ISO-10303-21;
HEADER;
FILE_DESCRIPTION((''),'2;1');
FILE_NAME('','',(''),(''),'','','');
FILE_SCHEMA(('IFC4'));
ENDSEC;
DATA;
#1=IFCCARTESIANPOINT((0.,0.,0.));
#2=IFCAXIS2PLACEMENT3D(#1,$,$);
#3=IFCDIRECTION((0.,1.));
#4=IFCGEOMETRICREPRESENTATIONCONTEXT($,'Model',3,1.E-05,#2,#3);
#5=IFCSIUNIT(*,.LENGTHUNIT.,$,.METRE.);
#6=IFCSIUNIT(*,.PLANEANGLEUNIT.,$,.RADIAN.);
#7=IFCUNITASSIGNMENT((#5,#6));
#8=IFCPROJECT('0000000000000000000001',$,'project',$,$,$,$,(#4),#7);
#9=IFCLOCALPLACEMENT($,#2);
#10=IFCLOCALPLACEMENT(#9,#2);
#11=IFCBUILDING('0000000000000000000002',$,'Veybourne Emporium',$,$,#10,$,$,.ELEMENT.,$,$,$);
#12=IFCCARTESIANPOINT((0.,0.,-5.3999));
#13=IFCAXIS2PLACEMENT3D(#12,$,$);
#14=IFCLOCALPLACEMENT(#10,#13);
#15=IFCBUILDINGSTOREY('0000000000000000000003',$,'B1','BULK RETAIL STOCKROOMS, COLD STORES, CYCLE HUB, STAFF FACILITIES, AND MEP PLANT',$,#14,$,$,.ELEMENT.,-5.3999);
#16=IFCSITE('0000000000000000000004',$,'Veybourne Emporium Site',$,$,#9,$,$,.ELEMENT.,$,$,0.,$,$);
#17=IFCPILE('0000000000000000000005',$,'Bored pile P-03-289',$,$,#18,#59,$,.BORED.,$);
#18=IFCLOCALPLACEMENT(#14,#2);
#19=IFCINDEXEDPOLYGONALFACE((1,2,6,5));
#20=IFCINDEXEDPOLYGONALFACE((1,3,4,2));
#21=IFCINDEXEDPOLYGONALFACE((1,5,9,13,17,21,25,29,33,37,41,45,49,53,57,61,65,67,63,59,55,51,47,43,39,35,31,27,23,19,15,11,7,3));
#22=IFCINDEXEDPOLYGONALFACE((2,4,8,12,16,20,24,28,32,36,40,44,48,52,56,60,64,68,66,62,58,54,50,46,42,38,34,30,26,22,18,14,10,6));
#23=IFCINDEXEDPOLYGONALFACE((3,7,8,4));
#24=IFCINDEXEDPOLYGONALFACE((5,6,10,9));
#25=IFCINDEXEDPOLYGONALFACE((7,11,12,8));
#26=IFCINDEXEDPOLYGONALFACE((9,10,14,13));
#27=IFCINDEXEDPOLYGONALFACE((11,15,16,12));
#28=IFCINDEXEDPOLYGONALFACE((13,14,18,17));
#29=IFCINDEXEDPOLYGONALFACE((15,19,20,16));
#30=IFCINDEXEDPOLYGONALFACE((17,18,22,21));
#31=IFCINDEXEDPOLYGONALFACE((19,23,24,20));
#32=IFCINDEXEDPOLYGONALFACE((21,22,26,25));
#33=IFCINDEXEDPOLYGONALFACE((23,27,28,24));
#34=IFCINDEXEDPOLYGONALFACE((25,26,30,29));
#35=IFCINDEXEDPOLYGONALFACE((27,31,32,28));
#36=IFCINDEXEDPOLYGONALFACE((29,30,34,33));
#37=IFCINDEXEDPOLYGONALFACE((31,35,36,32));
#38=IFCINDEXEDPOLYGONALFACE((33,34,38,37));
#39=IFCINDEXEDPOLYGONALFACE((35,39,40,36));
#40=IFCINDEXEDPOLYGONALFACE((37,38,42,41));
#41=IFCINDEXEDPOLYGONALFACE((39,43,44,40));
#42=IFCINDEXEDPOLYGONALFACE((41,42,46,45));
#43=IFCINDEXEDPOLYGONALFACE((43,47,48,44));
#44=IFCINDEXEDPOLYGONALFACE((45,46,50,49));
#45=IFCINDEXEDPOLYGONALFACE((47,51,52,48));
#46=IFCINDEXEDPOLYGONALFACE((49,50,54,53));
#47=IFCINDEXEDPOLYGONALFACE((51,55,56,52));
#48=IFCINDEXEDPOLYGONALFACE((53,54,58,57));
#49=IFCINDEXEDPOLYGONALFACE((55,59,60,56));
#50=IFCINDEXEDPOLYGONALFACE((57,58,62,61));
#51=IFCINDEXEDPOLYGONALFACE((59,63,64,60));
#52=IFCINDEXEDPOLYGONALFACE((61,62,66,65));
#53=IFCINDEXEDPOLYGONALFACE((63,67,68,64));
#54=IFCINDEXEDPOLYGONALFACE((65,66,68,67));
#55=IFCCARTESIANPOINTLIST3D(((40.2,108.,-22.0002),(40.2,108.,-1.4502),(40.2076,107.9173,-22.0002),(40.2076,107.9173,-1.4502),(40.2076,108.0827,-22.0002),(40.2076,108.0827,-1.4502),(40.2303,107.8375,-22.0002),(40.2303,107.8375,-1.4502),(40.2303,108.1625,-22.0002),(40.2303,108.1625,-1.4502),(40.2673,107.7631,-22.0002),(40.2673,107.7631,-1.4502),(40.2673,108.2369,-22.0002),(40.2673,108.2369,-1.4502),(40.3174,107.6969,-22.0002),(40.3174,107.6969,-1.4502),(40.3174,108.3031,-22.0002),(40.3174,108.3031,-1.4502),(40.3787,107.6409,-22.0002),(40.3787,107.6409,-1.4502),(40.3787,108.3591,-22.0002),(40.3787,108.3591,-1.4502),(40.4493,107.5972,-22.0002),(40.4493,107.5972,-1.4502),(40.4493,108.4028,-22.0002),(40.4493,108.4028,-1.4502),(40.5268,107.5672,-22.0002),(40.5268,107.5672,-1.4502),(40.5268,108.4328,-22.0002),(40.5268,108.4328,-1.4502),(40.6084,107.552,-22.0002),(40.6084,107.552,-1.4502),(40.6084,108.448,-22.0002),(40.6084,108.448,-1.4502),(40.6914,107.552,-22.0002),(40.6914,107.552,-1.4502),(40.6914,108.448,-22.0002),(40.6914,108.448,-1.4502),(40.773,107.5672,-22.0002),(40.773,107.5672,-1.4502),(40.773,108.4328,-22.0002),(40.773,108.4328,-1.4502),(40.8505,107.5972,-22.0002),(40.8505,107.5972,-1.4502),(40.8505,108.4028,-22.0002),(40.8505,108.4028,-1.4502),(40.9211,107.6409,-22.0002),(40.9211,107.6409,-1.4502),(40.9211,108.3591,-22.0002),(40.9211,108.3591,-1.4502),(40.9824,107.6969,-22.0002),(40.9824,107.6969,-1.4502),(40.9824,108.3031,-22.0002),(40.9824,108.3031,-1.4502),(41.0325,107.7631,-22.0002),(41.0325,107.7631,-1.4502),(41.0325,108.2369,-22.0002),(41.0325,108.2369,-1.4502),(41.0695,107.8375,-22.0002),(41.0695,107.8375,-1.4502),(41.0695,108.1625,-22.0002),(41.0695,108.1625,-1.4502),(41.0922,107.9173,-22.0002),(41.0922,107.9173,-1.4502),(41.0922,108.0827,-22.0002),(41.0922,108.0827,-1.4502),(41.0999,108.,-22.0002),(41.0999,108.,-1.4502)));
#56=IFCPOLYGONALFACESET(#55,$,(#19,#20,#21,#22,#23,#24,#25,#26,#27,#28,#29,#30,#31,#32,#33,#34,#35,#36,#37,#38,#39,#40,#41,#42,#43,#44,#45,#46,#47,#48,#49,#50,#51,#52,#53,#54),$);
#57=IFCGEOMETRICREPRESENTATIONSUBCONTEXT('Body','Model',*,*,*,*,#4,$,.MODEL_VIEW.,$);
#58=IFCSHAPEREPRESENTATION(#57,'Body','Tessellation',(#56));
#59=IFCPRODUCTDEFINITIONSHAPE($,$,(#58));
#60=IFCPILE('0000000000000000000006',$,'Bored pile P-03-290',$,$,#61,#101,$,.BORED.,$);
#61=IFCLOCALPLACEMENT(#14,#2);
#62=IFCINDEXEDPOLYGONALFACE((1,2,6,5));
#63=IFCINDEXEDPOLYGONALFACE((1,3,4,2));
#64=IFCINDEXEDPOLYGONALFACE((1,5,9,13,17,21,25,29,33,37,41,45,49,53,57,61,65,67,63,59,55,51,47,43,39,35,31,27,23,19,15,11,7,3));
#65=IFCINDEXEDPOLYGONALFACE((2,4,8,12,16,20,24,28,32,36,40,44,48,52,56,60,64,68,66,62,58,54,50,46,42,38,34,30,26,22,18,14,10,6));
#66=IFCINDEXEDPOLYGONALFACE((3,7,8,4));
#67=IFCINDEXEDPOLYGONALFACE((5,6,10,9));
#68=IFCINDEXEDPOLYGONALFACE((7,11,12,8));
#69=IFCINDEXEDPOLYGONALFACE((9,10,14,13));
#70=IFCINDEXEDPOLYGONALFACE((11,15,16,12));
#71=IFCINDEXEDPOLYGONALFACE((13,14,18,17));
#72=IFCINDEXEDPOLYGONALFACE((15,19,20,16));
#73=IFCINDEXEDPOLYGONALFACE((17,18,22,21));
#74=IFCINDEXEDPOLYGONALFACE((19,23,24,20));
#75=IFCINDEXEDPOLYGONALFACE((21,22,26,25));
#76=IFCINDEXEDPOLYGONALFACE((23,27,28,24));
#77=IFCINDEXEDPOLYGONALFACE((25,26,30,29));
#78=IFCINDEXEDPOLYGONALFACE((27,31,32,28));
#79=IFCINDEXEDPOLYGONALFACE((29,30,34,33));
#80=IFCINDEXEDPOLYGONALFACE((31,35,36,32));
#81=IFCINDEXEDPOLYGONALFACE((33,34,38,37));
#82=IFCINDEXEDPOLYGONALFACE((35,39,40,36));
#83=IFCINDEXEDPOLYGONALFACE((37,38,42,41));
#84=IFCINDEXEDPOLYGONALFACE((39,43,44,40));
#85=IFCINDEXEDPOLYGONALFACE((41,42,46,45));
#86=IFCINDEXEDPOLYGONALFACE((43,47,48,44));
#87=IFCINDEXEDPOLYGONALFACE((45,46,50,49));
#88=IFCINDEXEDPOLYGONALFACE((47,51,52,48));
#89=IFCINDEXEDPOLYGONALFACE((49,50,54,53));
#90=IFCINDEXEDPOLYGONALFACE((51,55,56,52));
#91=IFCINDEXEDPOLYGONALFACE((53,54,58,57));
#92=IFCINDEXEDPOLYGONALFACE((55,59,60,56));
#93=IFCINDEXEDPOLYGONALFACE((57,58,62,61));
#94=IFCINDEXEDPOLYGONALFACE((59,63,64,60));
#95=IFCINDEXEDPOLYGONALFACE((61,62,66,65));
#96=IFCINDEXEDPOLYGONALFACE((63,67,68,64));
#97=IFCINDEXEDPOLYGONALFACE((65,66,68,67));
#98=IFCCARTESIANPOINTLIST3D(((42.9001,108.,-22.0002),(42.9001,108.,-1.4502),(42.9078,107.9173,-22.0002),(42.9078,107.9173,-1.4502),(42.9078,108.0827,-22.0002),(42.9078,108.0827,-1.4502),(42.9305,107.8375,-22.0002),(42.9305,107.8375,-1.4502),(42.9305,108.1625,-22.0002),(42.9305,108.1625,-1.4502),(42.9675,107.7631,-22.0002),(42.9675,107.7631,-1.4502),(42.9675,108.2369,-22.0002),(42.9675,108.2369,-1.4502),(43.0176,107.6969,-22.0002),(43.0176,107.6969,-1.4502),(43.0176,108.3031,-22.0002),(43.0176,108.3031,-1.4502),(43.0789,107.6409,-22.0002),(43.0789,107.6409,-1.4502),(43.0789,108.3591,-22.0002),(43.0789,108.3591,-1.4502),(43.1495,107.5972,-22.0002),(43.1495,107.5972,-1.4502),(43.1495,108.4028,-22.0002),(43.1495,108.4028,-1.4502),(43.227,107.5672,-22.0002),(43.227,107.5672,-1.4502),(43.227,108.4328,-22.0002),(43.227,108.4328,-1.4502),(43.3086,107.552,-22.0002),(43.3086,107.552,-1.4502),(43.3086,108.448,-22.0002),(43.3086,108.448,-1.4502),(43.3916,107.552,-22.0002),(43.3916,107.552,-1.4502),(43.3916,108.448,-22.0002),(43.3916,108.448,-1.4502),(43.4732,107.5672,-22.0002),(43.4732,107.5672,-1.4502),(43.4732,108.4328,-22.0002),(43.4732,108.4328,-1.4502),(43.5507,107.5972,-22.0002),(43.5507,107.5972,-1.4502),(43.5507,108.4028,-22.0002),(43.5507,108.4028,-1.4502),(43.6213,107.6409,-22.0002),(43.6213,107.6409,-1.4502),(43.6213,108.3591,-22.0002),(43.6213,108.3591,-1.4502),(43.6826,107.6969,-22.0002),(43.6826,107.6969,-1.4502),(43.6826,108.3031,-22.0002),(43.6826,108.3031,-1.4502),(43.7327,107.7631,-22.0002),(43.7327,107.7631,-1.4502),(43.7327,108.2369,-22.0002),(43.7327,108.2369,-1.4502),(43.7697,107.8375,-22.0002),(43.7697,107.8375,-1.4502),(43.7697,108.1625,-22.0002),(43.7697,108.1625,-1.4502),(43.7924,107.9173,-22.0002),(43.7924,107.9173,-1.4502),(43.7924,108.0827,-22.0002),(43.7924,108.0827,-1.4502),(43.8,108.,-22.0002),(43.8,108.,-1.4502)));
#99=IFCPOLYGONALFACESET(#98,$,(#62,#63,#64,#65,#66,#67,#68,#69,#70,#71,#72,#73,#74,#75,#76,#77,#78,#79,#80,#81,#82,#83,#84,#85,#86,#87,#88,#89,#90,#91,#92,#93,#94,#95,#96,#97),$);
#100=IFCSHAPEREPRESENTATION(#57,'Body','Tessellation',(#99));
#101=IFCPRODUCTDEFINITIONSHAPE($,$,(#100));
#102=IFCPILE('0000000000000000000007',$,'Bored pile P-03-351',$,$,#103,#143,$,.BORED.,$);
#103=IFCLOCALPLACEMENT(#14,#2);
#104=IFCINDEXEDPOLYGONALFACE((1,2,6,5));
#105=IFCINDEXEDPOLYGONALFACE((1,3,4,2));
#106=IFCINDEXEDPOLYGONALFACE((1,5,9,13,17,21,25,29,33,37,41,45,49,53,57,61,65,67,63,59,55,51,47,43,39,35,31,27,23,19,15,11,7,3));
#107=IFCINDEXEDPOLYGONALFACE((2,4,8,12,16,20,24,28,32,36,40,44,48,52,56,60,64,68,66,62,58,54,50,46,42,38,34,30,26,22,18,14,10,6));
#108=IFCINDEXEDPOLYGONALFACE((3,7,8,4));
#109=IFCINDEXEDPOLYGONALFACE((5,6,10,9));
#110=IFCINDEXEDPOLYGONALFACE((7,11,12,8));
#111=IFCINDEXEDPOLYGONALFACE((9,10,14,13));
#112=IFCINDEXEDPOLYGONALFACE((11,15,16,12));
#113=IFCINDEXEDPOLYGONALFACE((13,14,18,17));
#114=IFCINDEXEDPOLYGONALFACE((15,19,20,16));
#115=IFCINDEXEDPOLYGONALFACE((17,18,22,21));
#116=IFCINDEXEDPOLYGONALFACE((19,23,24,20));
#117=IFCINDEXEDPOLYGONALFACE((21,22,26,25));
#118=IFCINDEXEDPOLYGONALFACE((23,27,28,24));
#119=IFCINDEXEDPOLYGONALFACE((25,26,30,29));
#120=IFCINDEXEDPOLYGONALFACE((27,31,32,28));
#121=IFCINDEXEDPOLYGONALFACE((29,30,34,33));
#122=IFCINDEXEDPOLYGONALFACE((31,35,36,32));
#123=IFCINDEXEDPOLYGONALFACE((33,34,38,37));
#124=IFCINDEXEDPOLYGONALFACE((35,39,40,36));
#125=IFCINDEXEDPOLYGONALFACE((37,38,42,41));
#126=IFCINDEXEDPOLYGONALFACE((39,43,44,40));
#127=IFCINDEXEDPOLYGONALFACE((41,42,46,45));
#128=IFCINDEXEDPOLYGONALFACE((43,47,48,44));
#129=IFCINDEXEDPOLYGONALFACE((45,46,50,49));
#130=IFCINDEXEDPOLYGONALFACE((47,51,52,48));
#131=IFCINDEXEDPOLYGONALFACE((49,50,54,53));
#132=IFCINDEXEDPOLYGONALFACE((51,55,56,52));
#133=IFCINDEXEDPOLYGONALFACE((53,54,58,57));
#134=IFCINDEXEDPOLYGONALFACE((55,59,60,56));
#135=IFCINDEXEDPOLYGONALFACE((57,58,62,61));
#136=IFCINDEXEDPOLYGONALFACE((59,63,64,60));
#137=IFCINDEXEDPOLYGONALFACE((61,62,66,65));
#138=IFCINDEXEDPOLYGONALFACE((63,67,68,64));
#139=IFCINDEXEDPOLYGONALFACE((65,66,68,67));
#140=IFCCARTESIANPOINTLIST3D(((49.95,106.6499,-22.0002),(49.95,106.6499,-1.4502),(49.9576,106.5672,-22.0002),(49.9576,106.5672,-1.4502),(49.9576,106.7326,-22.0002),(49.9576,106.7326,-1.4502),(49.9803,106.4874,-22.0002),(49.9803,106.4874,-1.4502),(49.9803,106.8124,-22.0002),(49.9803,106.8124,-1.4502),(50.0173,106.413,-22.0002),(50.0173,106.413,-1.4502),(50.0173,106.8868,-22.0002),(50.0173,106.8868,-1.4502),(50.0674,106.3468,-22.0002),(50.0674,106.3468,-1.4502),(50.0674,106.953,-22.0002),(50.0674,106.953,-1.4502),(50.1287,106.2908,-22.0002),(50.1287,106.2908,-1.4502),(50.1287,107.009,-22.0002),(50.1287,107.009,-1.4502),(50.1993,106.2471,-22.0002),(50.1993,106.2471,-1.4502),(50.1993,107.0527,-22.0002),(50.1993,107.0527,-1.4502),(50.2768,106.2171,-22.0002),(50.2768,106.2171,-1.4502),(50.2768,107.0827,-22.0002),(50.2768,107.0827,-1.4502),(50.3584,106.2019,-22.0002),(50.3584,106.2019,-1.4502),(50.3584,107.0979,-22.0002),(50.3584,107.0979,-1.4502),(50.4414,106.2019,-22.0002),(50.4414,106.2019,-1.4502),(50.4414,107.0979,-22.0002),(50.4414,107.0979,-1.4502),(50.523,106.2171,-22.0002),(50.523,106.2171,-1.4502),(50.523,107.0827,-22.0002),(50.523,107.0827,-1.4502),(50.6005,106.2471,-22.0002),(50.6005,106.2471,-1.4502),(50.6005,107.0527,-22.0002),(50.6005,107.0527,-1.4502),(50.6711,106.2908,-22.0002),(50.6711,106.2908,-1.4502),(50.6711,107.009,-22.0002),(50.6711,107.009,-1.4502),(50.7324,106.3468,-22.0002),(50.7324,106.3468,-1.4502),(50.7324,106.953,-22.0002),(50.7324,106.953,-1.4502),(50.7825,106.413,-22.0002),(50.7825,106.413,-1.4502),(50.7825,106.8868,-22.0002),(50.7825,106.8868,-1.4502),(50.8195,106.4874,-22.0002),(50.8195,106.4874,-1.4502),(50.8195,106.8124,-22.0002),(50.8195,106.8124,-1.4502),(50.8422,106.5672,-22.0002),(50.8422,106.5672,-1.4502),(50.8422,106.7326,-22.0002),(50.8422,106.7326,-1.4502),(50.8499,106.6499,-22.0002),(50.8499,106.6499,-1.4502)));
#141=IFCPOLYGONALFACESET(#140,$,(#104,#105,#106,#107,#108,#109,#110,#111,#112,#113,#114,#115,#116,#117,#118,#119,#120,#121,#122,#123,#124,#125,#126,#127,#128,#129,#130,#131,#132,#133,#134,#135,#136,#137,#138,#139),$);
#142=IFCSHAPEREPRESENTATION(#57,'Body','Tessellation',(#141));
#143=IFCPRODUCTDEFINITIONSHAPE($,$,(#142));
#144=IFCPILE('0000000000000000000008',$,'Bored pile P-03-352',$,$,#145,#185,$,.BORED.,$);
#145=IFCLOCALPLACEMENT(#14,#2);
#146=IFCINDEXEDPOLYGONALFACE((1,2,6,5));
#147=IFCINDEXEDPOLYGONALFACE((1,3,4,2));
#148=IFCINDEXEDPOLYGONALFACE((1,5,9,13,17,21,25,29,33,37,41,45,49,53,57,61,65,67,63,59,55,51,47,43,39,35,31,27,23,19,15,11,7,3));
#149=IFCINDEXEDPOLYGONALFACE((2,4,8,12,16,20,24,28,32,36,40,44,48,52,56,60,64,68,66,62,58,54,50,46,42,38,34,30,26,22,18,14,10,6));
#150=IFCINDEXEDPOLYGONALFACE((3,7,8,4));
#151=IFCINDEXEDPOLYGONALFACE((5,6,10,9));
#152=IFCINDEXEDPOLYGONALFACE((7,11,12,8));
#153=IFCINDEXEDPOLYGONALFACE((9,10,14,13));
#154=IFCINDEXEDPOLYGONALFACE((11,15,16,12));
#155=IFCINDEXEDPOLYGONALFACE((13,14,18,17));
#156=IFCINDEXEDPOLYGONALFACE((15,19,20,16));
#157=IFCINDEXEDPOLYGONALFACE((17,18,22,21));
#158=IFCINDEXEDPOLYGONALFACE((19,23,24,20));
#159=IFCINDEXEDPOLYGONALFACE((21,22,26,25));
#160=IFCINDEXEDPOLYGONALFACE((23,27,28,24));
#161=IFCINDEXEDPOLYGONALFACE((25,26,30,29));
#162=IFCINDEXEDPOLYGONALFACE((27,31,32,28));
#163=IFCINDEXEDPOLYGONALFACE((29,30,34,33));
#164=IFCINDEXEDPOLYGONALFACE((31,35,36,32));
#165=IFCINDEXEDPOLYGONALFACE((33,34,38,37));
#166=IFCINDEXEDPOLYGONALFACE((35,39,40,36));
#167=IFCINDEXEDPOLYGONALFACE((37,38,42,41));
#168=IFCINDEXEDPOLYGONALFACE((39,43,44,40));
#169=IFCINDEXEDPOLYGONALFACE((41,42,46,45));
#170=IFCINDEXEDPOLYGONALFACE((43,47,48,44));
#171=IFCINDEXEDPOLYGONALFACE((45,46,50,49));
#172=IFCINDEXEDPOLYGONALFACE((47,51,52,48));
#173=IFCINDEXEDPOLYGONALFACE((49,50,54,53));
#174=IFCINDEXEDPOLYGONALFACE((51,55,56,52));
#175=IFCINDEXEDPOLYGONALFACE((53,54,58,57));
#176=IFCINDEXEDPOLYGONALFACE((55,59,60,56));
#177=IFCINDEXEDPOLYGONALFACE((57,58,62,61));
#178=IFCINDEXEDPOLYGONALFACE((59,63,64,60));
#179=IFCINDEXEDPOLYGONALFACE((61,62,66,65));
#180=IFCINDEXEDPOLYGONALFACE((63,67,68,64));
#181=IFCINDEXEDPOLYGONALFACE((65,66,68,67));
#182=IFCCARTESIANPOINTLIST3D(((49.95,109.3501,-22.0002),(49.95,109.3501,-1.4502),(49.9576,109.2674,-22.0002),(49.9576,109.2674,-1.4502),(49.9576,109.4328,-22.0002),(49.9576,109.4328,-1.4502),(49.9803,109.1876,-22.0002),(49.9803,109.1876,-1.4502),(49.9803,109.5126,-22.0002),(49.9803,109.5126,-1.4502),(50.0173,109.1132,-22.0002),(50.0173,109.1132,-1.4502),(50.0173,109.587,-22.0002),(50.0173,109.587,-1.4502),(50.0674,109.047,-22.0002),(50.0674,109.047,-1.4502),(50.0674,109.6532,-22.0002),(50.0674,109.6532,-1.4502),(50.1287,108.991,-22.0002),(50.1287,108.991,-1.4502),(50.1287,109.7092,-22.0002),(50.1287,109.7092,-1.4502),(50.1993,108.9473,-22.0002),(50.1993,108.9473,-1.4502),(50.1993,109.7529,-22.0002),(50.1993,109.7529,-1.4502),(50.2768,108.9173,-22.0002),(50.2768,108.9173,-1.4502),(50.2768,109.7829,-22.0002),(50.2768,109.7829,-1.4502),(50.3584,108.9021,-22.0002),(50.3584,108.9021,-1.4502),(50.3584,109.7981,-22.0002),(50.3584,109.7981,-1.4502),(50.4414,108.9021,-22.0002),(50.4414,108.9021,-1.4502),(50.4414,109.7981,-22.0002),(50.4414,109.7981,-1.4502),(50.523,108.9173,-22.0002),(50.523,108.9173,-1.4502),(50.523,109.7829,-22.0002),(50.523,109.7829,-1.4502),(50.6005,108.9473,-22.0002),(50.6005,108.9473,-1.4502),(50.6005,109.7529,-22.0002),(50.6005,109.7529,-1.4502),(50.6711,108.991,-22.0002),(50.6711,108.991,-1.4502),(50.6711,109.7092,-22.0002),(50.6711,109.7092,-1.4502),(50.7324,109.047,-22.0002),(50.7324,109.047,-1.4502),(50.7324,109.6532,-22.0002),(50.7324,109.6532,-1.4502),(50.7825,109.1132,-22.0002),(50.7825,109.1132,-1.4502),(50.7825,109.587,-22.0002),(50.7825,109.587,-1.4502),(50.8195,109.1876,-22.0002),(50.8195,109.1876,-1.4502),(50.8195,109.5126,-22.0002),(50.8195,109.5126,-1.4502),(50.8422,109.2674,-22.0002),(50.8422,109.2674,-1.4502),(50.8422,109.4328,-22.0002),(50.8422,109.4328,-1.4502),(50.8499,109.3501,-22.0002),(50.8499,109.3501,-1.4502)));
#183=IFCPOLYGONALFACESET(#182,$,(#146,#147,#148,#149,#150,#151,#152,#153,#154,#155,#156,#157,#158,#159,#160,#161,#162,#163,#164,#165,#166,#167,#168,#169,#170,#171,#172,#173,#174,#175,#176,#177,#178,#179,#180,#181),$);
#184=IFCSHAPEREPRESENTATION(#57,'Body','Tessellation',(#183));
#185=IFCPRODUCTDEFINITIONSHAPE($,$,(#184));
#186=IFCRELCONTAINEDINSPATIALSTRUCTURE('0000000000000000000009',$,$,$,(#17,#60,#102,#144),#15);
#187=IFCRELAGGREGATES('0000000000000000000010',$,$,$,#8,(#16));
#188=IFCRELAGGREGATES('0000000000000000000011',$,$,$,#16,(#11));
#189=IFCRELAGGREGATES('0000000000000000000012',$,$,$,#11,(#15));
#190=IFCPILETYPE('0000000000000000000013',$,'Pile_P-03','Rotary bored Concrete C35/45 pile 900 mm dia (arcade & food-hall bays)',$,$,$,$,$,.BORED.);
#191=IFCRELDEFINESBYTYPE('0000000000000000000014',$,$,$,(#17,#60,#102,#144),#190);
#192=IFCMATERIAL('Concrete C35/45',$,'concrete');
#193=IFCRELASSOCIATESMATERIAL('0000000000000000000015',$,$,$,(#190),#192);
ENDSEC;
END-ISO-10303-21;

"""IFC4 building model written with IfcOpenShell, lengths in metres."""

from ifc_helpers import new_model, si_unit, direction, frame, origin, origin_2d, place, context, subcontext, project, spatial, circle, extrude, material, material_profile, profile_set, type_object, element, save


model = new_model("IFC4")

# Units and contexts
model_context = context("Model", 3, precision=1e-05, world=origin(), true_north=direction((0.0, 1.0)))
body_context = subcontext(model_context, "Body", "Model", "MODEL_VIEW")
ifc_project = project(units=[si_unit("LENGTHUNIT", "METRE"), si_unit("PLANEANGLEUNIT", "RADIAN")], contexts=[model_context])

# Site, building, storey
site_placement = place(None, origin())
site = spatial("IfcSite", under=ifc_project, at=site_placement, Name="Veybourne Emporium Site", CompositionType="ELEMENT", RefElevation=0.0)
building_placement = place(site_placement, origin())
building = spatial("IfcBuilding", under=site, at=building_placement, Name="Veybourne Emporium", CompositionType="ELEMENT")
storey_placement = place(building_placement, frame((0.0, 0.0, -5.3999)))
storey = spatial("IfcBuildingStorey", under=building, at=storey_placement, Name="B1", Description="BULK RETAIL STOCKROOMS, COLD STORES, CYCLE HUB, STAFF FACILITIES, AND MEP PLANT", CompositionType="ELEMENT", Elevation=-5.3999)

# Shared definitions
ifc_material_1 = material(Name="Concrete C35/45", Category="concrete")

# Piles
ifc_material_profile_1 = material_profile(ifc_material_1, circle(Radius=0.45, at=origin_2d()), Name="BORED PILE 900")
ifc_profile_set_1 = profile_set([ifc_material_profile_1], Name="Concrete C35/45")
pile_type_1 = type_object("IfcPileType", Name="Pile_P-03", Description="Rotary bored Concrete C35/45 pile 900 mm dia (arcade & food-hall bays)", PredefinedType="BORED", material=ifc_profile_set_1)
for number, where, z_axis, x_axis, name in (
    (1, (40.6499, 108.0, -1.4502), (0.0, 0.0, -1.0), (1.0, 0.0, 0.0), "Bored pile P-03-289"),
    (2, (43.3501, 108.0, -1.4502), (0.0, 0.0, -1.0), (1.0, 0.0, 0.0), "Bored pile P-03-290"),
    (3, (50.3999, 106.6499, -1.4502), (0.0, 0.0, -1.0), (1.0, 0.0, 0.0), "Bored pile P-03-351"),
    (4, (50.3999, 109.3501, -1.4502), (0.0, 0.0, -1.0), (1.0, 0.0, 0.0), "Bored pile P-03-352"),
):
    element("IfcPile", number, at=place(storey_placement, frame(where, z_axis=z_axis, x_axis=x_axis)), inside=storey, type_object=pile_type_1, Name=name, PredefinedType="BORED", context=body_context, shape_type="SweptSolid", body=[
        extrude(circle(Radius=0.45, at=origin_2d()), origin(), (0.0, 0.0, 1.0), 20.55),
    ])

save(model, "model.ifc")
